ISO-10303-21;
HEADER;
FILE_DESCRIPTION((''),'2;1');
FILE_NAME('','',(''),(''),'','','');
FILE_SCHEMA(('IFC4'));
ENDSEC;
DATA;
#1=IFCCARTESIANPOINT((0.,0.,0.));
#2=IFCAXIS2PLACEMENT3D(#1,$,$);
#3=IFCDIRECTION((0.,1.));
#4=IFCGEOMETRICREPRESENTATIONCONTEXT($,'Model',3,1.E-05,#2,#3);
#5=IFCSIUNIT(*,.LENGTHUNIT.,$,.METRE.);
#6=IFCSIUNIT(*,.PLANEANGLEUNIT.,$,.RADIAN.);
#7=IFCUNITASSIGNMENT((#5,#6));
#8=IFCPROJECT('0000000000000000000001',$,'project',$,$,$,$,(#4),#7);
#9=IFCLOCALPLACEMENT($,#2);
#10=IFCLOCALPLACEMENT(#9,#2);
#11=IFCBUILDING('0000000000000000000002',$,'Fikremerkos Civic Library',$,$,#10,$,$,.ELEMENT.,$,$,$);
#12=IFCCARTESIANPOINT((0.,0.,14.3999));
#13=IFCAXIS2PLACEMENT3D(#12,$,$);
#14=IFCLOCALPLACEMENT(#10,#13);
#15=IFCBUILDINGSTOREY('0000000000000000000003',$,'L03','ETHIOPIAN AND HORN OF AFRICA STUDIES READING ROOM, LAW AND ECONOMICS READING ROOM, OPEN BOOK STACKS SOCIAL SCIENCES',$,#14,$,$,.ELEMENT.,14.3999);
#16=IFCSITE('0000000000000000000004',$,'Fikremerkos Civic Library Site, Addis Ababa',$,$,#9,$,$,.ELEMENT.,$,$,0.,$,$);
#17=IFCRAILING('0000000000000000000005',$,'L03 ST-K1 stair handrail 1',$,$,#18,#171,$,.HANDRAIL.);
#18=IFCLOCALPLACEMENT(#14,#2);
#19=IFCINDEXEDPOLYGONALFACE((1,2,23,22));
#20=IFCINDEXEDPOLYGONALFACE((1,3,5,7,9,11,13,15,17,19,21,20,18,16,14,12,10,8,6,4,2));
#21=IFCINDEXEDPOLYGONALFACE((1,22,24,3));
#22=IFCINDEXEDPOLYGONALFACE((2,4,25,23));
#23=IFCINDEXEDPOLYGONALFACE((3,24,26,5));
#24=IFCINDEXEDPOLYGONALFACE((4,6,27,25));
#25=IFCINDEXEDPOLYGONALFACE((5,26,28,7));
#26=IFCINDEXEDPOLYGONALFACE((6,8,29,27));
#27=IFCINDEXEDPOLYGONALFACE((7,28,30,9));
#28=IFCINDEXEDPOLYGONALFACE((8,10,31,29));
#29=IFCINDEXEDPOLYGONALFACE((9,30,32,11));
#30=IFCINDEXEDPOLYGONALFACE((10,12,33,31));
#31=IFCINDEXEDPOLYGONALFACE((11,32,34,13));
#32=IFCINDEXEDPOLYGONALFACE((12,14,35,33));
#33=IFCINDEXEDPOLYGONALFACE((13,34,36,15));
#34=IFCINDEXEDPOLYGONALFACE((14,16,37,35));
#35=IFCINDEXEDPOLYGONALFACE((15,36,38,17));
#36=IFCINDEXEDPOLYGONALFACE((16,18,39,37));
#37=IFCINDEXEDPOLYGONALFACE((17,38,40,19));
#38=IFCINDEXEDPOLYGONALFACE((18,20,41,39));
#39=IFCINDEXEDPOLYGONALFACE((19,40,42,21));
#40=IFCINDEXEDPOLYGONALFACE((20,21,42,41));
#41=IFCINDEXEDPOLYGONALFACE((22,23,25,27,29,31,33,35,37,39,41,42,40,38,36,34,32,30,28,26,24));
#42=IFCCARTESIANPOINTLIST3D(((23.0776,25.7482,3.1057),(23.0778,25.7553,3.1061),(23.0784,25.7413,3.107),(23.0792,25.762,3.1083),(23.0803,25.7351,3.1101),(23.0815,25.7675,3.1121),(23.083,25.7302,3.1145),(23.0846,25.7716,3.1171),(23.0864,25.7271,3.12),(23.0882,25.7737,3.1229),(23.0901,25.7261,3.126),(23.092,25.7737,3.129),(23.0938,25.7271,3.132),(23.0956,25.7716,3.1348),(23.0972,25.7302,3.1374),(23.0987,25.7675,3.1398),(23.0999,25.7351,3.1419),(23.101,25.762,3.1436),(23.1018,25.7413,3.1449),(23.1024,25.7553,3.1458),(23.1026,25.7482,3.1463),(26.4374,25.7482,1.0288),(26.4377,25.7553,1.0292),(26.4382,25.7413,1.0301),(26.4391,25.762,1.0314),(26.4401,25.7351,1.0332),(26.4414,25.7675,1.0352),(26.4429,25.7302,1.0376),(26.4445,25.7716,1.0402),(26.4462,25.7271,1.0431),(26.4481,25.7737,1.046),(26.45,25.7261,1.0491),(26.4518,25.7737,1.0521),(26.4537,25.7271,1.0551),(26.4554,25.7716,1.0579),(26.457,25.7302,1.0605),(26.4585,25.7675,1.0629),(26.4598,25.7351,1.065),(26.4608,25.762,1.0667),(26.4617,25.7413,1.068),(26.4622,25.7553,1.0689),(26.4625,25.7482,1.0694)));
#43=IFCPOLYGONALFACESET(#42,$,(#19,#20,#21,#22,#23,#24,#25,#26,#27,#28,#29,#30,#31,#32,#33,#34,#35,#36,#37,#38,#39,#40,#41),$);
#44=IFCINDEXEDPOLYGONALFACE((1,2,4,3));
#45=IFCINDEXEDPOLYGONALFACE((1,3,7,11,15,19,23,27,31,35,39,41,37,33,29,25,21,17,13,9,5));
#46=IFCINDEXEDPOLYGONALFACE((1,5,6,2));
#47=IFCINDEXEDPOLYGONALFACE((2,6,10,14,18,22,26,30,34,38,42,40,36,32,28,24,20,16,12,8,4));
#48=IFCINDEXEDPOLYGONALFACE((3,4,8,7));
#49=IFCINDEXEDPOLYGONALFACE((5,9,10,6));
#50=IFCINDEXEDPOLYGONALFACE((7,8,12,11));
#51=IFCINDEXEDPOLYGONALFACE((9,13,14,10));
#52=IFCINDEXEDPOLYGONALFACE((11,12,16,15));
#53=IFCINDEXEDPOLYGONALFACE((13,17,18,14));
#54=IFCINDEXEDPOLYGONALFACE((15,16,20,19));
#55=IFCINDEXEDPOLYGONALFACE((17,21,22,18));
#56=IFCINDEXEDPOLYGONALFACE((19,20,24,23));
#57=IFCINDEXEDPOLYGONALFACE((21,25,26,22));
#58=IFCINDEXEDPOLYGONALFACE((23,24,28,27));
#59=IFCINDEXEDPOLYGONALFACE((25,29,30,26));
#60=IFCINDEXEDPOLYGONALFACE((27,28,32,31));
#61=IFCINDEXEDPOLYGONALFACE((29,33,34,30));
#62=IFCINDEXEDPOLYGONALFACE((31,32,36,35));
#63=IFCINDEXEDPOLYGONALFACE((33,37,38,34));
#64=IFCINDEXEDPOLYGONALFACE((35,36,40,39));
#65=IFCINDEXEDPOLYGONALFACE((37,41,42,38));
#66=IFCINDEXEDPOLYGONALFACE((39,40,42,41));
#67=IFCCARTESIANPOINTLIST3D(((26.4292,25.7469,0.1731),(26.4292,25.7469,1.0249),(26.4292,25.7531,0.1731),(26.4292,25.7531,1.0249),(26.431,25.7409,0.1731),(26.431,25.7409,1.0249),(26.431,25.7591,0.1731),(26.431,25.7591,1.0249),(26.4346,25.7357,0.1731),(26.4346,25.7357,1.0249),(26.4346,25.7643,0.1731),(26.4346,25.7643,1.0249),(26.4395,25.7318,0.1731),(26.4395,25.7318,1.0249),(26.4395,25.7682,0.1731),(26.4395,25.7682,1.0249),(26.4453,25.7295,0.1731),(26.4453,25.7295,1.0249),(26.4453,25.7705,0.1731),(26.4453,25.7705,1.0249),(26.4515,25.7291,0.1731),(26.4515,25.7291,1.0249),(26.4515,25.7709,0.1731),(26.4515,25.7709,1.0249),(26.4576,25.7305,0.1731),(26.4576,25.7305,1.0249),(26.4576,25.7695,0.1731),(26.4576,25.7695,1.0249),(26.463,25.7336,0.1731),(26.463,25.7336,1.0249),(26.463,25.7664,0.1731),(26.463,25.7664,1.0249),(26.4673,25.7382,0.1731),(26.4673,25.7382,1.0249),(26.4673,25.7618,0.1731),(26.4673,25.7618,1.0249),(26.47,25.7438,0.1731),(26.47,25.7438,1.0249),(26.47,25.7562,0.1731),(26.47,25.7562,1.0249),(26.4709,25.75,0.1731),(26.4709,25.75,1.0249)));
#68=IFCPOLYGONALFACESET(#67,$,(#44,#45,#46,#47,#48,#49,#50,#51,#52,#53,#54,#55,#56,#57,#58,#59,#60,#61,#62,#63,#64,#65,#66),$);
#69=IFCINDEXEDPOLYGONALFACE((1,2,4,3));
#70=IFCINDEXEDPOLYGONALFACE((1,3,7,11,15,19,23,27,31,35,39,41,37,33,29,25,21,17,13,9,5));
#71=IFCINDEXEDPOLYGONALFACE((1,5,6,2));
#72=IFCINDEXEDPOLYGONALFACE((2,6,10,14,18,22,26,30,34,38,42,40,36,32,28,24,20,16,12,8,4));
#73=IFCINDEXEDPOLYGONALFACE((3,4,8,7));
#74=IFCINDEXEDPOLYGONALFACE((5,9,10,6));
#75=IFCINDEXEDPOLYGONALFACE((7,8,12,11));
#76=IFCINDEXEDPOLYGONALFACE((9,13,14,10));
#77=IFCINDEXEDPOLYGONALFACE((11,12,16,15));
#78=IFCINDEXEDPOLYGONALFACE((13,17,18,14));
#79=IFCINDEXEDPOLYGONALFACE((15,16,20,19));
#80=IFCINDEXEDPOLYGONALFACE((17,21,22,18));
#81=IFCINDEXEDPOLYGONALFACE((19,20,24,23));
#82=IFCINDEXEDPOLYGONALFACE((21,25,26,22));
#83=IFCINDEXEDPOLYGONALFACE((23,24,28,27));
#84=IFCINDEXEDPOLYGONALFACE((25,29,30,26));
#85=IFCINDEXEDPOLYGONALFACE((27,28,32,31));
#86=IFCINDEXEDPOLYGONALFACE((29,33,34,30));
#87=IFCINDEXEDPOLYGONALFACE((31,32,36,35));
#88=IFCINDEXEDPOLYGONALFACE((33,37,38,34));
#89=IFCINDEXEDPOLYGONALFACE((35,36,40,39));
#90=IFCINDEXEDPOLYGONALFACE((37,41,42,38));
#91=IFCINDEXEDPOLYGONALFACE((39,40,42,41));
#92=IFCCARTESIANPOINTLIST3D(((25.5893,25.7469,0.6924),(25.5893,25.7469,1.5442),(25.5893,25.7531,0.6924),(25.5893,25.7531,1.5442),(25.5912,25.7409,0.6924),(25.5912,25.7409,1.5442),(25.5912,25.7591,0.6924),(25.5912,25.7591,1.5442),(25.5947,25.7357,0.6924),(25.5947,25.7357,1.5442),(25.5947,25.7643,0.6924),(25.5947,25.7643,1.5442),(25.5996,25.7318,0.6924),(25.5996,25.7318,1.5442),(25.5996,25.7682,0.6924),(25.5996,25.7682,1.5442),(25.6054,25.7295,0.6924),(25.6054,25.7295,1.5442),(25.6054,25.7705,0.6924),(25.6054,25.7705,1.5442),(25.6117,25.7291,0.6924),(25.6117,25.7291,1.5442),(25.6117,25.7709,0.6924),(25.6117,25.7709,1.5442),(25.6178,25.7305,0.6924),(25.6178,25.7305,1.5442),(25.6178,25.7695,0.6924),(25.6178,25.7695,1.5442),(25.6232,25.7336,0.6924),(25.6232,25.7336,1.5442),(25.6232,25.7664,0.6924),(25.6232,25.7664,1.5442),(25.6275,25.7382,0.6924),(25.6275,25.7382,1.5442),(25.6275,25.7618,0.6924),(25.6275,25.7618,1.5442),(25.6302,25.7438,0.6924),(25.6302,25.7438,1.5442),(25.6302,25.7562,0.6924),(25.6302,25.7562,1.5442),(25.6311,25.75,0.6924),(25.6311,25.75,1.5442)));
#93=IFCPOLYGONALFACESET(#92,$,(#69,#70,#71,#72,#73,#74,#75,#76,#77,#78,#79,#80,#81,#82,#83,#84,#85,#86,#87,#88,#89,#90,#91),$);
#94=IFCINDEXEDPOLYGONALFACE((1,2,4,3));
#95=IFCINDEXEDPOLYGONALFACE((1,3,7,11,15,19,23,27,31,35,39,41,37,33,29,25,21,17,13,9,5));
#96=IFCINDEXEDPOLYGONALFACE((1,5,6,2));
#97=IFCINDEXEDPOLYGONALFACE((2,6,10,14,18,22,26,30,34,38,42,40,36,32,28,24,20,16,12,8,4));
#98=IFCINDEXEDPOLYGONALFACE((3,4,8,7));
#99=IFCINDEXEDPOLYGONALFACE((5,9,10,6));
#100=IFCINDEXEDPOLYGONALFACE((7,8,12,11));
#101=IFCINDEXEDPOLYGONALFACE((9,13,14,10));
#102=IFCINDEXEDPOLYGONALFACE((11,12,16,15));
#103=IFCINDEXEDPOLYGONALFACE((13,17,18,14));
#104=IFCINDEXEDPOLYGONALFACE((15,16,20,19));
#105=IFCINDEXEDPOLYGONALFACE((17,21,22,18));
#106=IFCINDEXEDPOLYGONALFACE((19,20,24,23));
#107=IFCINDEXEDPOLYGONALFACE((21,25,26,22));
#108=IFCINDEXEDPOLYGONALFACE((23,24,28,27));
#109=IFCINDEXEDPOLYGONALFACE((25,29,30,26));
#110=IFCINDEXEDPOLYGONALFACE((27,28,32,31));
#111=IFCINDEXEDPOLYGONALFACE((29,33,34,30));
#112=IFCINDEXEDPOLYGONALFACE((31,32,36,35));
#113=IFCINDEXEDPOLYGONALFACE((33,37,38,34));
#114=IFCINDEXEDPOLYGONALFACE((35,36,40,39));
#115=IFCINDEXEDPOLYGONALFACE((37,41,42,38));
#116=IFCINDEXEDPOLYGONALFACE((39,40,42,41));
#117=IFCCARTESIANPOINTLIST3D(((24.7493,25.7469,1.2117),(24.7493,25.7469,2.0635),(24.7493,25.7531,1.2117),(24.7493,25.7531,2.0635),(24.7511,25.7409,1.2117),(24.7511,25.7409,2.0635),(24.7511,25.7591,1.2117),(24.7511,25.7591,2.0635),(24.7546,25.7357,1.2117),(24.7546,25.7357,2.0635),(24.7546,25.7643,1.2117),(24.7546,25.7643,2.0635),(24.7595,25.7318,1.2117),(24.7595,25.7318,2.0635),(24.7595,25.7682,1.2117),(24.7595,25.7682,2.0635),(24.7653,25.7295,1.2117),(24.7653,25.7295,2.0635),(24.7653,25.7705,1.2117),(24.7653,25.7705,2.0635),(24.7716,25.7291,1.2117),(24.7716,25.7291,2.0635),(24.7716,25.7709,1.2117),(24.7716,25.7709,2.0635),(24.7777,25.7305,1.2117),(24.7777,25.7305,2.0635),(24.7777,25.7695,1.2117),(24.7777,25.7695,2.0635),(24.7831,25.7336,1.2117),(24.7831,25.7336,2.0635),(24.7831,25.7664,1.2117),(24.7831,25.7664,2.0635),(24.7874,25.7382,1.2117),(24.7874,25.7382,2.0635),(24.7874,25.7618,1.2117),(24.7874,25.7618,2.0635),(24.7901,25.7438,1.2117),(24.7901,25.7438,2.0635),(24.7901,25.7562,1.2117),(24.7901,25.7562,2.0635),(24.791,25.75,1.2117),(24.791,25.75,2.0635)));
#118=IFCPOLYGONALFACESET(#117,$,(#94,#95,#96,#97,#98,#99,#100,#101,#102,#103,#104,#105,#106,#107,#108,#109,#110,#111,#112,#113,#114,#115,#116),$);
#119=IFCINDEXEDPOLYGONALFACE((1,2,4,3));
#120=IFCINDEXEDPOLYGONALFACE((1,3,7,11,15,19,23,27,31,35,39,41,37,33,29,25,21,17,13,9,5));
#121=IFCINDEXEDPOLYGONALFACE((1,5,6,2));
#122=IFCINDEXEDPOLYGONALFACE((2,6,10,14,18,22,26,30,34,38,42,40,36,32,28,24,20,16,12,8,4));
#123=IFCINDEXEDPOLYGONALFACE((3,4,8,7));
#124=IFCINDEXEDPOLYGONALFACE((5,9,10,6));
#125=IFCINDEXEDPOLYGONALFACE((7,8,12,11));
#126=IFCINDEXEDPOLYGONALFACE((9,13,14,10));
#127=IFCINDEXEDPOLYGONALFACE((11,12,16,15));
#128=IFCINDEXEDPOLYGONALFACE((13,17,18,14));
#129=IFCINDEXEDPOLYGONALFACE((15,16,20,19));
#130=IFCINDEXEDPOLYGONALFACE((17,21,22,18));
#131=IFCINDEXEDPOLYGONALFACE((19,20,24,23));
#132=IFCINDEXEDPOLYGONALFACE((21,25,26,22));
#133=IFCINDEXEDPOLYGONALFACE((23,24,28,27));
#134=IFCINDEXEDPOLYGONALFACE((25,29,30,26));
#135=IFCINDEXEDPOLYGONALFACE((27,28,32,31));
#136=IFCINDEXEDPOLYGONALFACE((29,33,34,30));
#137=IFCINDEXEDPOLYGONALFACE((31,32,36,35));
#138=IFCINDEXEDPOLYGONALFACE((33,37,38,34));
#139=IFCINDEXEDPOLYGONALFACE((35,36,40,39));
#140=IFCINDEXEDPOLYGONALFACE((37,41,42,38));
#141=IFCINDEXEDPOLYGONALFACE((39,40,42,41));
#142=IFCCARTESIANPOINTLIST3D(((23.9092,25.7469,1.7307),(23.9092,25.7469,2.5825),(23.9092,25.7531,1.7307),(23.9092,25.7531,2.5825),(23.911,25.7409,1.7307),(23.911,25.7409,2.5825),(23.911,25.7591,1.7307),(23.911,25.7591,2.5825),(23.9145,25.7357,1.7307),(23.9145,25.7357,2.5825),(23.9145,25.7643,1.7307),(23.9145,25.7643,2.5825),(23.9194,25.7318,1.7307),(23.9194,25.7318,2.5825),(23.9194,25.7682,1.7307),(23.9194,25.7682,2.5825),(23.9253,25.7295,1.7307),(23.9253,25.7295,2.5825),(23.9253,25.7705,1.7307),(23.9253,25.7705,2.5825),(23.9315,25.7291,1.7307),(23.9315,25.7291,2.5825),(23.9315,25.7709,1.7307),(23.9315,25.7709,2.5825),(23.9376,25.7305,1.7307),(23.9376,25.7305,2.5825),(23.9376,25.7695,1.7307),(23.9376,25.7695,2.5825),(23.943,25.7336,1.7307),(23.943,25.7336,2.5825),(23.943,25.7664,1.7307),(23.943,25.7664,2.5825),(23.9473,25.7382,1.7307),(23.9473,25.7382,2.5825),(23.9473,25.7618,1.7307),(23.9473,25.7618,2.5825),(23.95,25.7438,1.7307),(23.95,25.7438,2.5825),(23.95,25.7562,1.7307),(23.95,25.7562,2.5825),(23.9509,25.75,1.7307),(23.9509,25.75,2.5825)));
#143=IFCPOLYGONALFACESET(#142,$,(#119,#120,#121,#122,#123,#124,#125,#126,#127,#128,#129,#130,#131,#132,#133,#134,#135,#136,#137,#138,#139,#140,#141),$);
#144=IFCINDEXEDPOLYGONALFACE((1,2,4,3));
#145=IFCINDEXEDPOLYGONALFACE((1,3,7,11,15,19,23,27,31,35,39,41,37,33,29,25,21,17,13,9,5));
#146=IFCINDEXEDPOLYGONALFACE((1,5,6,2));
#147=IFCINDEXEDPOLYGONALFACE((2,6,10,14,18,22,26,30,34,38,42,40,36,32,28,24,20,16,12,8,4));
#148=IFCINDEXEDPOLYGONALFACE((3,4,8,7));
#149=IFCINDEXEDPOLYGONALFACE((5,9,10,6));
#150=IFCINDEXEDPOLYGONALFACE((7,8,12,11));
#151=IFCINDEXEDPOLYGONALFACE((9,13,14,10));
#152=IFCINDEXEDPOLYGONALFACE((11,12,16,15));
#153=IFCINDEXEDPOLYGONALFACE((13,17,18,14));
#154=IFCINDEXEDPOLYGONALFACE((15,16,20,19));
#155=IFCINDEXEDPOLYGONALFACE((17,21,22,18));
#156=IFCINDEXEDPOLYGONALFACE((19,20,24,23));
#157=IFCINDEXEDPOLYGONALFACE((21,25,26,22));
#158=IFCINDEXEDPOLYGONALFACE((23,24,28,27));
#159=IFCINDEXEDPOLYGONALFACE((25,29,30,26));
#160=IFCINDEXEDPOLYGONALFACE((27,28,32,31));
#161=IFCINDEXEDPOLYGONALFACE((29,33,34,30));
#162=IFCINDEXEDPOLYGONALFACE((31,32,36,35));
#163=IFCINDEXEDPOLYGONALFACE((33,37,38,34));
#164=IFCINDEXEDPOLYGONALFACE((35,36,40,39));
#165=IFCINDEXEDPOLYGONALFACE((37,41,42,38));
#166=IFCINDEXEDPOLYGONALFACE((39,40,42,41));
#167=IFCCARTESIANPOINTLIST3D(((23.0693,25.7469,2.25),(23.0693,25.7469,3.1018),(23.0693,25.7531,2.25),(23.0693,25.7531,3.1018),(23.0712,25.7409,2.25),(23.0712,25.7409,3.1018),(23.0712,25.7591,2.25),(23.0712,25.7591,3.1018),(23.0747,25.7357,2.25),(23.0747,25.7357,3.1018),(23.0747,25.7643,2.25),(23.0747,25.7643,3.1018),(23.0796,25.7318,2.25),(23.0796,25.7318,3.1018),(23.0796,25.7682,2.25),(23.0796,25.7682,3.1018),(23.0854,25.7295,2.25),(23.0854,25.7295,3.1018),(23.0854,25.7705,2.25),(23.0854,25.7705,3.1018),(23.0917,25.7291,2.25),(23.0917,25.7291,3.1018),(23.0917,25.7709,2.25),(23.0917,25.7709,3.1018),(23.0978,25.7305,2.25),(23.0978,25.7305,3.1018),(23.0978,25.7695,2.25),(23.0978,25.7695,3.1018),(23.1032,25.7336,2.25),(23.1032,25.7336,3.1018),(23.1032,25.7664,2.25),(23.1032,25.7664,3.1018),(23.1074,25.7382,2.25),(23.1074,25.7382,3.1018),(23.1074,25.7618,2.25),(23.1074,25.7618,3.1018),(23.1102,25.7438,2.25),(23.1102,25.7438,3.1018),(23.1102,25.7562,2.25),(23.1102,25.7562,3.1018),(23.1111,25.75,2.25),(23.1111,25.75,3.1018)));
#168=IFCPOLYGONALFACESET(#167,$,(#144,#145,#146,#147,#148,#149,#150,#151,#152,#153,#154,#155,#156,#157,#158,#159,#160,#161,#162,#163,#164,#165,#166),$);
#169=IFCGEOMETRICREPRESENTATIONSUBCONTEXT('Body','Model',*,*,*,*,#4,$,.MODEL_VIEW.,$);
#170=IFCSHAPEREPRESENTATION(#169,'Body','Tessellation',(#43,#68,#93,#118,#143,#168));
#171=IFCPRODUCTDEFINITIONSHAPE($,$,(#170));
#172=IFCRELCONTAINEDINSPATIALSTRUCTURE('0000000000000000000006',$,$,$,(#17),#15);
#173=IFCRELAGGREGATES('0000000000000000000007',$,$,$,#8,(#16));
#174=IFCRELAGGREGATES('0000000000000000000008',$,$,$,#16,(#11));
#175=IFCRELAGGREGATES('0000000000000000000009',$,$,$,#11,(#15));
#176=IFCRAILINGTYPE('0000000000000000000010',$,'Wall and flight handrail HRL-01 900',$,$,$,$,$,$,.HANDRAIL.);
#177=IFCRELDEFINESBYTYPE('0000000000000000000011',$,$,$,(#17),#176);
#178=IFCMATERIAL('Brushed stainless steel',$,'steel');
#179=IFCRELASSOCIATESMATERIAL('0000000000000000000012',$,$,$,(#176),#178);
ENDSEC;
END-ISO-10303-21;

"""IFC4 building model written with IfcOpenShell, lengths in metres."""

from ifc_helpers import new_model, si_unit, direction, frame, origin, origin_2d, place, context, subcontext, project, spatial, circle, extrude, material, type_object, element, save


model = new_model("IFC4")

# Units and contexts
model_context = context("Model", 3, precision=1e-05, world=origin(), true_north=direction((0.0, 1.0)))
body_context = subcontext(model_context, "Body", "Model", "MODEL_VIEW")
ifc_project = project(units=[si_unit("LENGTHUNIT", "METRE"), si_unit("PLANEANGLEUNIT", "RADIAN")], contexts=[model_context])

# Site, building, storey
site_placement = place(None, origin())
site = spatial("IfcSite", under=ifc_project, at=site_placement, Name="Fikremerkos Civic Library Site, Addis Ababa", CompositionType="ELEMENT", RefElevation=0.0)
building_placement = place(site_placement, origin())
building = spatial("IfcBuilding", under=site, at=building_placement, Name="Fikremerkos Civic Library", CompositionType="ELEMENT")
storey_placement = place(building_placement, frame((0.0, 0.0, 14.3999)))
storey = spatial("IfcBuildingStorey", under=building, at=storey_placement, Name="L03", Description="ETHIOPIAN AND HORN OF AFRICA STUDIES READING ROOM, LAW AND ECONOMICS READING ROOM, OPEN BOOK STACKS SOCIAL SCIENCES", CompositionType="ELEMENT", Elevation=14.3999)

# Railing
ifc_material_1 = material(Name="Brushed stainless steel", Category="steel")
railing_type_1 = type_object("IfcRailingType", Name="Wall and flight handrail HRL-01 900", PredefinedType="HANDRAIL", material=ifc_material_1)
railing_1_placement = place(storey_placement, frame((26.45, 25.75, 0.1731)))
element("IfcRailing", 1, at=railing_1_placement, inside=storey, type_object=railing_type_1, Name="L03 ST-K1 stair handrail 1", PredefinedType="HANDRAIL", context=body_context, shape_type="SweptSolid", body=[
    extrude(circle(Radius=0.0239, at=origin_2d()), frame((0.0, 0.0, 0.876), z_axis=(-0.850606, 0.0, 0.525803), x_axis=(0.0, -1.0, 0.0)), (0.0, 0.0, 1.0), 3.95),
    extrude(circle(Radius=0.021, at=origin_2d()), origin(), (0.0, 0.0, 1.0), 0.8518),
    extrude(circle(Radius=0.021, at=origin_2d()), frame((-0.8398, 0.0, 0.5193)), (0.0, 0.0, 1.0), 0.8518),
    extrude(circle(Radius=0.021, at=origin_2d()), frame((-1.6799, 0.0, 1.0386)), (0.0, 0.0, 1.0), 0.8518),
    extrude(circle(Radius=0.021, at=origin_2d()), frame((-2.52, 0.0, 1.5576)), (0.0, 0.0, 1.0), 0.8518),
    extrude(circle(Radius=0.021, at=origin_2d()), frame((-3.3599, 0.0, 2.0769)), (0.0, 0.0, 1.0), 0.8518),
])

save(model, "model.ifc")
